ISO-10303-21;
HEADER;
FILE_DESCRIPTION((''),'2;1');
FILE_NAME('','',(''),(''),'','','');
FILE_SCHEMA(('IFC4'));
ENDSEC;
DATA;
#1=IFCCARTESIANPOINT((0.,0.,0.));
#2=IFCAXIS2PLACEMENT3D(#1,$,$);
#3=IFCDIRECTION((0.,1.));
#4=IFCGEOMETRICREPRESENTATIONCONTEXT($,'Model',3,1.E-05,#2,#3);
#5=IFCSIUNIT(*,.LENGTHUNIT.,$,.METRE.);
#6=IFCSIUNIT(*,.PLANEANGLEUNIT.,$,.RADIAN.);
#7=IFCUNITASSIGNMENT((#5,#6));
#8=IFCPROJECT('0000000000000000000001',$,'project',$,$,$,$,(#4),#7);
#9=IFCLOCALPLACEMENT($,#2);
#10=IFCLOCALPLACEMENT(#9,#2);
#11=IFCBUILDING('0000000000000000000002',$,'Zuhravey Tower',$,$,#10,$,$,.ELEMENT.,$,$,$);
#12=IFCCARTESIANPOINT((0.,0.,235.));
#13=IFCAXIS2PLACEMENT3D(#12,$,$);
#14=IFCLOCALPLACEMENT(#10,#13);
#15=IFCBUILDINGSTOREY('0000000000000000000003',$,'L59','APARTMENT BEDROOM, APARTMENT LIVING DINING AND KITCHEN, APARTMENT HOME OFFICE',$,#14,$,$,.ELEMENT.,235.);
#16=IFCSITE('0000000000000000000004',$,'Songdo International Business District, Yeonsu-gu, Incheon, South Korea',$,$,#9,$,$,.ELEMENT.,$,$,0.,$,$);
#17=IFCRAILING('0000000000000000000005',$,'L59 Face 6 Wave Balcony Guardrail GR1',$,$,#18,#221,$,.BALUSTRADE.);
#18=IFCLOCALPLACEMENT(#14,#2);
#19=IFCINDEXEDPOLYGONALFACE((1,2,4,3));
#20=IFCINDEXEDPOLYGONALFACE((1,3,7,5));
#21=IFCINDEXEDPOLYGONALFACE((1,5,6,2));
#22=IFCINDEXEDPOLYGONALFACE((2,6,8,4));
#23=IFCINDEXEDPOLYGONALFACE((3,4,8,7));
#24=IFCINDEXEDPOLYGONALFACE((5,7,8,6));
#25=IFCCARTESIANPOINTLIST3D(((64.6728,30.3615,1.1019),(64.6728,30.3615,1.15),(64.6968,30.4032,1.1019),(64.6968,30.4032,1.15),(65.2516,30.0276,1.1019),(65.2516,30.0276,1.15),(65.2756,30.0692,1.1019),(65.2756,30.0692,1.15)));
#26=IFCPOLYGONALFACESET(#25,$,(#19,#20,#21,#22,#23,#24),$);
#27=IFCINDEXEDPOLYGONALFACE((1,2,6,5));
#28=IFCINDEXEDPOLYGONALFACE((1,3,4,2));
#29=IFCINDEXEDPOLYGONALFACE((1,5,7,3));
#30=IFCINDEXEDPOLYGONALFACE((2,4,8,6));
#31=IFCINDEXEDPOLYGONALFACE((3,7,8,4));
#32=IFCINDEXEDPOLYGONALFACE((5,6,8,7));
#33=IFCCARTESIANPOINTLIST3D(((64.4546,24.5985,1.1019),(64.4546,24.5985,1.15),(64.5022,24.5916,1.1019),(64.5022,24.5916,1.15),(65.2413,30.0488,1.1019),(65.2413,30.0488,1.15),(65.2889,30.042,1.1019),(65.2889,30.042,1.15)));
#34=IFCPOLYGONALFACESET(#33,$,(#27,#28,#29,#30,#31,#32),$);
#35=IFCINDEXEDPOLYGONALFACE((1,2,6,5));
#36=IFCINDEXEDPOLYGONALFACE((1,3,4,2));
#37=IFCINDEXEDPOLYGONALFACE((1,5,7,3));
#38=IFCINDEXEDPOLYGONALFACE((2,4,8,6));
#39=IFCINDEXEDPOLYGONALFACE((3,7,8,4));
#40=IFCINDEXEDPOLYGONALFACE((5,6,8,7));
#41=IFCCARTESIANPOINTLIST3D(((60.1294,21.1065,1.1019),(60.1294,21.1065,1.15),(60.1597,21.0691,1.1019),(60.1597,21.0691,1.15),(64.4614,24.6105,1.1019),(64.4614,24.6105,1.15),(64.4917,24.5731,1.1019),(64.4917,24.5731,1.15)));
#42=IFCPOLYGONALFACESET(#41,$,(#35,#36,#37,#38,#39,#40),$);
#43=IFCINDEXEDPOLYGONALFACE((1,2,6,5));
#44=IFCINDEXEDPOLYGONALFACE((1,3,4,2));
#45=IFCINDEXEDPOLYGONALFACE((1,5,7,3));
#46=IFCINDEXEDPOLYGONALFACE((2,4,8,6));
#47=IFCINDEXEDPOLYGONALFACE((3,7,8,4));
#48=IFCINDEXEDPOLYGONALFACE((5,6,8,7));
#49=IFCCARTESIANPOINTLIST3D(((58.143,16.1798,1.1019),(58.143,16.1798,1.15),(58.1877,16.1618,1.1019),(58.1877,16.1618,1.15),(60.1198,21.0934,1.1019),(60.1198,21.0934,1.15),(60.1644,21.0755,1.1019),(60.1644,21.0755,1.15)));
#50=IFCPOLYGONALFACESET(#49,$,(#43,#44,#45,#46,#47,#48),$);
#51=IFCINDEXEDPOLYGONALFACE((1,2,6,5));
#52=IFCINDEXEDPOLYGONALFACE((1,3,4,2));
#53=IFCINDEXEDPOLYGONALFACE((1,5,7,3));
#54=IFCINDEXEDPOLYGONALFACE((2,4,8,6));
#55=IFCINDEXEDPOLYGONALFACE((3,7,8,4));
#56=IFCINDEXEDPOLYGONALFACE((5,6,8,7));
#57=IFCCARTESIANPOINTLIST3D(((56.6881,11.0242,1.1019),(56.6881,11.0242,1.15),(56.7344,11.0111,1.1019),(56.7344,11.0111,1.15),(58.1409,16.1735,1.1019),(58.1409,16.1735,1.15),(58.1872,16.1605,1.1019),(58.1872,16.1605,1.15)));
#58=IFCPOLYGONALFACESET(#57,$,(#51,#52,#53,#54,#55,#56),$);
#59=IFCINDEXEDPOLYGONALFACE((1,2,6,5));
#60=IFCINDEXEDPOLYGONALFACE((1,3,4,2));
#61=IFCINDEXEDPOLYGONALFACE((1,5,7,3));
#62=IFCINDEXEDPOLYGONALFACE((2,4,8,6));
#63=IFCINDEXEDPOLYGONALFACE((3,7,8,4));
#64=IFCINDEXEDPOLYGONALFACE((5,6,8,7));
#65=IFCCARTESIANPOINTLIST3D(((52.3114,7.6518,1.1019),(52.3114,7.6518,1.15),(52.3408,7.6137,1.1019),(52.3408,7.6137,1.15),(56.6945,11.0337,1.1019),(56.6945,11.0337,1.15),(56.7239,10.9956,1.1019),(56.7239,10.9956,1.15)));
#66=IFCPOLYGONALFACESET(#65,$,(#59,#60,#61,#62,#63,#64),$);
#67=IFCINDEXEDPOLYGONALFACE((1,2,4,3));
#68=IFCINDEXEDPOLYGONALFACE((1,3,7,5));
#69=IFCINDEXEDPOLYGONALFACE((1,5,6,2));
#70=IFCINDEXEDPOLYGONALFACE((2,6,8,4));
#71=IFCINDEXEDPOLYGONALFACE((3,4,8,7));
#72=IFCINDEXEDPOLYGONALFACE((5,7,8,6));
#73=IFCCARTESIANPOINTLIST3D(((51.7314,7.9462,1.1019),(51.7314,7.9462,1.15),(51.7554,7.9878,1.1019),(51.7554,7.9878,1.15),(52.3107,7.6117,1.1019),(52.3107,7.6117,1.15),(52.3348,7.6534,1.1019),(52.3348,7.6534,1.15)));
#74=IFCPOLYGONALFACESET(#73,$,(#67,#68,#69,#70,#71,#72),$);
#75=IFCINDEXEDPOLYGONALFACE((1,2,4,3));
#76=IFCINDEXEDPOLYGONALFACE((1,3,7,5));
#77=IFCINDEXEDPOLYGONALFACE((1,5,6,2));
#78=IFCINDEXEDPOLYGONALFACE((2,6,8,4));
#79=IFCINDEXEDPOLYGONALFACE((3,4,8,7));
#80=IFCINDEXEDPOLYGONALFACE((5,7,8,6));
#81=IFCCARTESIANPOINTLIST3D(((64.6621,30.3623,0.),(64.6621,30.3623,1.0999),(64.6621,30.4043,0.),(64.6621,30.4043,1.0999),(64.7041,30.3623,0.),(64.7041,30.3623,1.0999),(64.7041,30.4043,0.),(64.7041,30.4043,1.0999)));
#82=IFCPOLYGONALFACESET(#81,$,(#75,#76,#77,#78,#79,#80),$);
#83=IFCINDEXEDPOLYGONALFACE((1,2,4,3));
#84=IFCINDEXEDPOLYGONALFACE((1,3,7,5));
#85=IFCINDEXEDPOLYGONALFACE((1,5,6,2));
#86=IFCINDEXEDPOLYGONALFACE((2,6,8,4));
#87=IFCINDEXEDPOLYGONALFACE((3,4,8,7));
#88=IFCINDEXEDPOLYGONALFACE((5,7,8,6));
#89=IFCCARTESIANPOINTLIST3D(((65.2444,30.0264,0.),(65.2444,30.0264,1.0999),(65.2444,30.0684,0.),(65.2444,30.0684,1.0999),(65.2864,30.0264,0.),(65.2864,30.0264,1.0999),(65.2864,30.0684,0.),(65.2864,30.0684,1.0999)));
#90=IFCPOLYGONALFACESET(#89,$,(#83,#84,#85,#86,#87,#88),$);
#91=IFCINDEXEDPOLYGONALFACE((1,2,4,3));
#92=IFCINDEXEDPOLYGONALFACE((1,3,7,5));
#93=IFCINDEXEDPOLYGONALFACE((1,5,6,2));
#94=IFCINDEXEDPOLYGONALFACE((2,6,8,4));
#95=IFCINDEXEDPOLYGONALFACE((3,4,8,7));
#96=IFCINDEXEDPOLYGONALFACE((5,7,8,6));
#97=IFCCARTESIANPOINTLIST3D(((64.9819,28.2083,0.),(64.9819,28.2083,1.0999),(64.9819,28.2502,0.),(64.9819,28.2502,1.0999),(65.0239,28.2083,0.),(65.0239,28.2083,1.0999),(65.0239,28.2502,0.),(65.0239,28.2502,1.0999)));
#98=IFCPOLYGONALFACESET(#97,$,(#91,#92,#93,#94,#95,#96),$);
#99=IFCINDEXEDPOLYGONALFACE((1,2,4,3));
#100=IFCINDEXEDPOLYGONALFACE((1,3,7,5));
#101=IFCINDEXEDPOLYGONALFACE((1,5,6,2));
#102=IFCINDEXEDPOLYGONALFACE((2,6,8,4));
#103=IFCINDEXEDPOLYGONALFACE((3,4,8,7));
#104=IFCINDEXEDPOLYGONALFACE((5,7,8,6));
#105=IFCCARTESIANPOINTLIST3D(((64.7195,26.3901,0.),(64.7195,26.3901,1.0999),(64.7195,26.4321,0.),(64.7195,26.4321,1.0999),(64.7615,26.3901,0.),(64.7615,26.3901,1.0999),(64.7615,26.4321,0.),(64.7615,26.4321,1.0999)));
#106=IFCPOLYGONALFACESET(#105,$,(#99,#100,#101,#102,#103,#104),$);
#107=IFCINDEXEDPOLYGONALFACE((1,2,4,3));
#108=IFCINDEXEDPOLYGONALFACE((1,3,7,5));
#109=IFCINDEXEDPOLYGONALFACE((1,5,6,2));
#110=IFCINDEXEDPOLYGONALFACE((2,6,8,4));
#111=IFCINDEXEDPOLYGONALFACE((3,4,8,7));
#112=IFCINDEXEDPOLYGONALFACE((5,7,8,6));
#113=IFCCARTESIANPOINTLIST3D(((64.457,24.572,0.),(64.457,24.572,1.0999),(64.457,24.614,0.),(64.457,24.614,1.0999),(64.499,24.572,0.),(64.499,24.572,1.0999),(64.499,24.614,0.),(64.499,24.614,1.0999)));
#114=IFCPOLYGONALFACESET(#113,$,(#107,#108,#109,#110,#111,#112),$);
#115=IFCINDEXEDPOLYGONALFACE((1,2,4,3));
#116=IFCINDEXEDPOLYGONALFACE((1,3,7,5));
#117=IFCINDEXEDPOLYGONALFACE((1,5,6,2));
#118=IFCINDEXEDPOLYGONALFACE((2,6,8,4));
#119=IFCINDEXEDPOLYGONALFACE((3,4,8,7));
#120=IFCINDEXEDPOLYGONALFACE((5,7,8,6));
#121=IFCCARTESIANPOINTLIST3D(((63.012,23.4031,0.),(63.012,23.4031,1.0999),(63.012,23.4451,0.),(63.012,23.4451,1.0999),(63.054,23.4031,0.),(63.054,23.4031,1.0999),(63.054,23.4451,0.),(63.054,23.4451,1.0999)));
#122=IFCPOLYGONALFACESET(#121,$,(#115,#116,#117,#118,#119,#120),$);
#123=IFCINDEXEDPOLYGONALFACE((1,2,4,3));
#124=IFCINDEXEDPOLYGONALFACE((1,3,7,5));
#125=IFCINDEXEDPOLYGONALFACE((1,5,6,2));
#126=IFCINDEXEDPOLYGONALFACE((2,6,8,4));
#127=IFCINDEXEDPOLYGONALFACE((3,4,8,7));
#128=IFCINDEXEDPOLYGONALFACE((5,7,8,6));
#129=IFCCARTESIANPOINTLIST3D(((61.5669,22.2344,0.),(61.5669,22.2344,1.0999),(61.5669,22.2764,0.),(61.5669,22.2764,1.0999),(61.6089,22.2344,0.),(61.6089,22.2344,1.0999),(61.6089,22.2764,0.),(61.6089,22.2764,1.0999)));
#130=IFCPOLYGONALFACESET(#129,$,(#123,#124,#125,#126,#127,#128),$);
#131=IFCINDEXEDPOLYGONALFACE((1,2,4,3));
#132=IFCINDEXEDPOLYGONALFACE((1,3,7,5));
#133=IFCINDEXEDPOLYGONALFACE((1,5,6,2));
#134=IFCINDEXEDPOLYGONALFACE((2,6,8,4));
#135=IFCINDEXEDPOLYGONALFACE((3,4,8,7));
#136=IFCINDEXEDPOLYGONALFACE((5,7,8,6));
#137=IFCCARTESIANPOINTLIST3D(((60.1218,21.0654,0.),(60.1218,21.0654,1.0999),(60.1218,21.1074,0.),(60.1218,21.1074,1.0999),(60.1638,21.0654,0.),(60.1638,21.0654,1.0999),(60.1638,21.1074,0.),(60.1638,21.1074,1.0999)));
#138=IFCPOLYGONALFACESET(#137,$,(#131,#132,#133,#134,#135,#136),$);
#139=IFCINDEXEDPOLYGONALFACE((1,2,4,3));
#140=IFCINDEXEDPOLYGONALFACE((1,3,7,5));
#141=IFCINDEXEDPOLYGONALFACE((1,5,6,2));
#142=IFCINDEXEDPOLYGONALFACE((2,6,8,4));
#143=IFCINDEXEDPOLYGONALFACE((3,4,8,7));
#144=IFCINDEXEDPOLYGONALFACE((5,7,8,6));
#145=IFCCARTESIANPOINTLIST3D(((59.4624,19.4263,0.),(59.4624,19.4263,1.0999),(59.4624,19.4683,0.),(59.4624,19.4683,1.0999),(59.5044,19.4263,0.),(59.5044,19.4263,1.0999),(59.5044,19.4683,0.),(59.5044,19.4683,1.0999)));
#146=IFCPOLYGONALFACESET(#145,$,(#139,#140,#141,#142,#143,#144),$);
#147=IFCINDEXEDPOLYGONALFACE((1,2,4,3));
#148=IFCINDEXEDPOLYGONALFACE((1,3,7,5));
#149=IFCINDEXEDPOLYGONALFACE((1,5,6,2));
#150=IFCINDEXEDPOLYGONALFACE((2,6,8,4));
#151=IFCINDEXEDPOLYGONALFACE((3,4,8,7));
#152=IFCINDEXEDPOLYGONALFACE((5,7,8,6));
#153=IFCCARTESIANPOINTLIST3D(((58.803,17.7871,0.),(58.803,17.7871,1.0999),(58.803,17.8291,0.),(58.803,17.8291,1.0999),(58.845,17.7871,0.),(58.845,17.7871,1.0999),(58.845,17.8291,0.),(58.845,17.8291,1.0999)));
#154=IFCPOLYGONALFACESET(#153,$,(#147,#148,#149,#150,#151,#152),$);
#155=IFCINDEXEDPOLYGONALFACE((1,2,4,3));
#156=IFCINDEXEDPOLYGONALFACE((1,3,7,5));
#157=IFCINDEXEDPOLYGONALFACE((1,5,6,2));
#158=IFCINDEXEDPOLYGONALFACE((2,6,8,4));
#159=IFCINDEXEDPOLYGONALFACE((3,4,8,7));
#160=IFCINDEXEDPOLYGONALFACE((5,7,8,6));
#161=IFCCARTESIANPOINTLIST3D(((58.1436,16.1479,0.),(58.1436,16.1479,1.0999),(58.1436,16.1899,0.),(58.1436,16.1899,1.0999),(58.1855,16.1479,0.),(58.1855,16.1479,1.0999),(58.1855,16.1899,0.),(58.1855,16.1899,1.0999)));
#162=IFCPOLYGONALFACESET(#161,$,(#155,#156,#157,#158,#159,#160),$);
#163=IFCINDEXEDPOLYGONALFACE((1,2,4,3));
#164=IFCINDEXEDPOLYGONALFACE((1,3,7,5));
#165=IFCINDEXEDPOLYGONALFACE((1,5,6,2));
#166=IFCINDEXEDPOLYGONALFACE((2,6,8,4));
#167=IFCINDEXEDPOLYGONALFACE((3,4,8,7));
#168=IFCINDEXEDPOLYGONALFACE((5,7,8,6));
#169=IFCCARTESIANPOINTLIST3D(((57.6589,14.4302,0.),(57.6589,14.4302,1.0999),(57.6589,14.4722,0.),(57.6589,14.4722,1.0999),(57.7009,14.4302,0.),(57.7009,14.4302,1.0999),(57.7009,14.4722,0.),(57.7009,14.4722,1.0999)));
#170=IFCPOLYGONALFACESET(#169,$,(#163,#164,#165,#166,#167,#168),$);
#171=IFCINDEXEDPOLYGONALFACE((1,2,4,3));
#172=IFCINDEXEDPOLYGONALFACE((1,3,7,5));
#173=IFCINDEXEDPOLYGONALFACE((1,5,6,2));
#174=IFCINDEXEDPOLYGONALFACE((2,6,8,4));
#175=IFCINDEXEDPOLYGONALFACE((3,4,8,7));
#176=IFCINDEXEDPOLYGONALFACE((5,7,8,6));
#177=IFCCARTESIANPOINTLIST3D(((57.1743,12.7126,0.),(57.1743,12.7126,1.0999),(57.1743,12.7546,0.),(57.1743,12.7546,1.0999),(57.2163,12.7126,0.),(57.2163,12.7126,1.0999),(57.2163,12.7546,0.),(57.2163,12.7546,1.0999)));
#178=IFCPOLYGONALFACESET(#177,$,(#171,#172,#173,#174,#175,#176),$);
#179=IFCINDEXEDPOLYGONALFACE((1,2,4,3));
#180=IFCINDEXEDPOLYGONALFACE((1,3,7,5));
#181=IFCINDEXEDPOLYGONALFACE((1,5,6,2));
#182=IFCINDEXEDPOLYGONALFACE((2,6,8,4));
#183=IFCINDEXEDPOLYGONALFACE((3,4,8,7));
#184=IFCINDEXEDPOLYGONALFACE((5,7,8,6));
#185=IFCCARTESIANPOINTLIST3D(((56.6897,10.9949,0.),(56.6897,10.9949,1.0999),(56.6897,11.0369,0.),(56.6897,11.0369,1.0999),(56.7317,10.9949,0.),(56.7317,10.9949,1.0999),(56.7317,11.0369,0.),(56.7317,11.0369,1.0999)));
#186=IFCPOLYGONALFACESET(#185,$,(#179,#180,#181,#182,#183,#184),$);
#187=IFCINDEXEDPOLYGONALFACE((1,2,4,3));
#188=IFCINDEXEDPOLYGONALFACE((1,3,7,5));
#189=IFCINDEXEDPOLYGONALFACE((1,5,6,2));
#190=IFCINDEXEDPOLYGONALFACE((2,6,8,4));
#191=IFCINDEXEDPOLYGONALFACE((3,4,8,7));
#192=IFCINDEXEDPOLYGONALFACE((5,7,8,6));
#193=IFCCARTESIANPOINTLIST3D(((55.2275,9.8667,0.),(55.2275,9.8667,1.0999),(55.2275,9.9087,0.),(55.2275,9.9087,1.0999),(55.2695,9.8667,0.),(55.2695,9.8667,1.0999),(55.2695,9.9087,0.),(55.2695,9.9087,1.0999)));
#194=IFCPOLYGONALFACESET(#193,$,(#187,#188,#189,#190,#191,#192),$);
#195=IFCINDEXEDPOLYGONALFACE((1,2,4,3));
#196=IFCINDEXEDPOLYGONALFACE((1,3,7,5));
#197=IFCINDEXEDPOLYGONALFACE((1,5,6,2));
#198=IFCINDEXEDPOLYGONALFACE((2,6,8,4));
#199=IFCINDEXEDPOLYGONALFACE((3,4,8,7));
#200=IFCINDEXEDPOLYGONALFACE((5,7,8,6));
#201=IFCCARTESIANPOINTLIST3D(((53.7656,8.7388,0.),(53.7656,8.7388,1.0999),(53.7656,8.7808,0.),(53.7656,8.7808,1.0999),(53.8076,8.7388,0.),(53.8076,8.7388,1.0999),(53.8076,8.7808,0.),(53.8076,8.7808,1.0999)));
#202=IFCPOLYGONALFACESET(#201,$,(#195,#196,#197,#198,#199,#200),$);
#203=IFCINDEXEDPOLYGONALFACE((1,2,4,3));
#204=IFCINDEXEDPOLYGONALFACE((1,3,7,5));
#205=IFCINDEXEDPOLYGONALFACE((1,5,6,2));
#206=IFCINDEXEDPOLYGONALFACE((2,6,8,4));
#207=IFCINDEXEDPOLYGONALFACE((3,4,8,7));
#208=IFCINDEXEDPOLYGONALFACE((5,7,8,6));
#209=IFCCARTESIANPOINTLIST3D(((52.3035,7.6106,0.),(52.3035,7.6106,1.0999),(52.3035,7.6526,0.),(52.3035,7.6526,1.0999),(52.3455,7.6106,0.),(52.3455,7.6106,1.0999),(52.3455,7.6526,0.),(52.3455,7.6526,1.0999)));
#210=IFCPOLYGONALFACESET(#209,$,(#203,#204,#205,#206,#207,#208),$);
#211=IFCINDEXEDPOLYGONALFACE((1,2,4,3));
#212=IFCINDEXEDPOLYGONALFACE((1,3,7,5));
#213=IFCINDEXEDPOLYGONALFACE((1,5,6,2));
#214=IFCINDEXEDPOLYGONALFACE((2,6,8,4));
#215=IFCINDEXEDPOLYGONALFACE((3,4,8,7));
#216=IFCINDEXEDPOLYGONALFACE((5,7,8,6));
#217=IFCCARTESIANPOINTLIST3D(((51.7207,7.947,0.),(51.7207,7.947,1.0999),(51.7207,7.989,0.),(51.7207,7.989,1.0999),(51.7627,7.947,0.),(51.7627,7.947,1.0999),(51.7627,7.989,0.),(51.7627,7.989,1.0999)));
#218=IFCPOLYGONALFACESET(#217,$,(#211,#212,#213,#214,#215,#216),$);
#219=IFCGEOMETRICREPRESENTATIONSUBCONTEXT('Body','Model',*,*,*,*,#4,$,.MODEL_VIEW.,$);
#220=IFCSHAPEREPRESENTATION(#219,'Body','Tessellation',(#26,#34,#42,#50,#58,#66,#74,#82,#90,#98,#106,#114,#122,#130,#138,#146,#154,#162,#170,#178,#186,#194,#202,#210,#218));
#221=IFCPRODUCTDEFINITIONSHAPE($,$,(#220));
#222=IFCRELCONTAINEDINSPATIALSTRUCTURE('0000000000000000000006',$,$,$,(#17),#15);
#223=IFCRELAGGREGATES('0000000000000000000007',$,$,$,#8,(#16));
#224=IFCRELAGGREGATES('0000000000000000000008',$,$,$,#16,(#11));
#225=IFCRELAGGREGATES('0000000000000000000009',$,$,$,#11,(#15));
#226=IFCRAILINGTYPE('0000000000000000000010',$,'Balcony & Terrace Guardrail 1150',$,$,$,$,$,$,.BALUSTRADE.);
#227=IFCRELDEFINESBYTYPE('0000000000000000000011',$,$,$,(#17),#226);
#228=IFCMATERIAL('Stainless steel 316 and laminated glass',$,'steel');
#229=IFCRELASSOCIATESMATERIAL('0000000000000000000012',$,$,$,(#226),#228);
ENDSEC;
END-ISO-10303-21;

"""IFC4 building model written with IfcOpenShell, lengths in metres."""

from ifc_helpers import new_model, si_unit, direction, frame, origin, origin_2d, place, context, subcontext, project, spatial, rectangle, extrude, material, type_object, element, save


model = new_model("IFC4")

# Units and contexts
model_context = context("Model", 3, precision=1e-05, world=origin(), true_north=direction((0.0, 1.0)))
body_context = subcontext(model_context, "Body", "Model", "MODEL_VIEW")
ifc_project = project(units=[si_unit("LENGTHUNIT", "METRE"), si_unit("PLANEANGLEUNIT", "RADIAN")], contexts=[model_context])

# Site, building, storey
site_placement = place(None, origin())
site = spatial("IfcSite", under=ifc_project, at=site_placement, Name="Songdo International Business District, Yeonsu-gu, Incheon, South Korea", CompositionType="ELEMENT", RefElevation=0.0)
building_placement = place(site_placement, origin())
building = spatial("IfcBuilding", under=site, at=building_placement, Name="Zuhravey Tower", CompositionType="ELEMENT")
storey_placement = place(building_placement, frame((0.0, 0.0, 235.0)))
storey = spatial("IfcBuildingStorey", under=building, at=storey_placement, Name="L59", Description="APARTMENT BEDROOM, APARTMENT LIVING DINING AND KITCHEN, APARTMENT HOME OFFICE", CompositionType="ELEMENT", Elevation=235.0)

# Railing
ifc_material_1 = material(Name="Stainless steel 316 and laminated glass", Category="steel")
railing_type = type_object("IfcRailingType", Name="Balcony & Terrace Guardrail 1150", PredefinedType="BALUSTRADE", material=ifc_material_1)
railing_placement = place(storey_placement, frame((64.6831, 30.3833, 0.0)))
element("IfcRailing", 1, at=railing_placement, inside=storey, type_object=railing_type, Name="L59 Face 6 Wave Balcony Guardrail GR1", PredefinedType="BALUSTRADE", context=body_context, shape_type="SweptSolid", body=[
    extrude(rectangle(XDim=0.0481, YDim=0.0481, at=origin_2d()), frame((0.0017, -0.001, 1.126), z_axis=(0.86618, -0.499733, 0.0), x_axis=(0.499733, 0.86618, 0.0)), (0.0, 0.0, 1.0), 0.6682),
    extrude(rectangle(XDim=0.0481, YDim=0.0481, at=origin_2d()), frame((0.582, -0.3379, 1.126), z_axis=(-0.142873, -0.989741, 0.0), x_axis=(0.989741, -0.142873, 0.0)), (0.0, 0.0, 1.0), 5.5068),
    extrude(rectangle(XDim=0.0481, YDim=0.0481, at=origin_2d()), frame((-0.2065, -5.7915, 1.126), z_axis=(-0.777496, -0.628888, 0.0), x_axis=(0.628888, -0.777496, 0.0)), (0.0, 0.0, 1.0), 5.5718),
    extrude(rectangle(XDim=0.0481, YDim=0.0481, at=origin_2d()), frame((-4.541, -9.2988, 1.126), z_axis=(-0.373224, -0.927741, 0.0), x_axis=(0.927741, -0.373224, 0.0)), (0.0, 0.0, 1.0), 5.2964),
    extrude(rectangle(XDim=0.0481, YDim=0.0481, at=origin_2d()), frame((-6.519, -14.2163, 1.126), z_axis=(-0.271534, -0.962429, 0.0), x_axis=(0.962429, -0.271534, 0.0)), (0.0, 0.0, 1.0), 5.3503),
    extrude(rectangle(XDim=0.0481, YDim=0.0481, at=origin_2d()), frame((-7.9739, -19.3687, 1.126), z_axis=(-0.791729, -0.610873, 0.0), x_axis=(0.610873, -0.791729, 0.0)), (0.0, 0.0, 1.0), 5.5361),
    extrude(rectangle(XDim=0.0481, YDim=0.0481, at=origin_2d()), frame((-12.3604, -22.7507, 1.126), z_axis=(-0.866047, 0.499963, 0.0), x_axis=(-0.499963, -0.866047, 0.0)), (0.0, 0.0, 1.0), 0.6689),
    extrude(rectangle(XDim=0.042, YDim=0.042, at=origin_2d()), origin(), (0.0, 0.0, 1.0), 1.0999),
    extrude(rectangle(XDim=0.042, YDim=0.042, at=origin_2d()), frame((0.5823, -0.3359, 0.0)), (0.0, 0.0, 1.0), 1.0999),
    extrude(rectangle(XDim=0.042, YDim=0.042, at=origin_2d()), frame((0.3198, -2.1541, 0.0)), (0.0, 0.0, 1.0), 1.0999),
    extrude(rectangle(XDim=0.042, YDim=0.042, at=origin_2d()), frame((0.0574, -3.9722, 0.0)), (0.0, 0.0, 1.0), 1.0999),
    extrude(rectangle(XDim=0.042, YDim=0.042, at=origin_2d()), frame((-0.2051, -5.7903, 0.0)), (0.0, 0.0, 1.0), 1.0999),
    extrude(rectangle(XDim=0.042, YDim=0.042, at=origin_2d()), frame((-1.6501, -6.9592, 0.0)), (0.0, 0.0, 1.0), 1.0999),
    extrude(rectangle(XDim=0.042, YDim=0.042, at=origin_2d()), frame((-3.0952, -8.1279, 0.0)), (0.0, 0.0, 1.0), 1.0999),
    extrude(rectangle(XDim=0.042, YDim=0.042, at=origin_2d()), frame((-4.5403, -9.2969, 0.0)), (0.0, 0.0, 1.0), 1.0999),
    extrude(rectangle(XDim=0.042, YDim=0.042, at=origin_2d()), frame((-5.1997, -10.936, 0.0)), (0.0, 0.0, 1.0), 1.0999),
    extrude(rectangle(XDim=0.042, YDim=0.042, at=origin_2d()), frame((-5.8591, -12.5752, 0.0)), (0.0, 0.0, 1.0), 1.0999),
    extrude(rectangle(XDim=0.042, YDim=0.042, at=origin_2d()), frame((-6.5186, -14.2144, 0.0)), (0.0, 0.0, 1.0), 1.0999),
    extrude(rectangle(XDim=0.042, YDim=0.042, at=origin_2d()), frame((-7.0032, -15.9321, 0.0)), (0.0, 0.0, 1.0), 1.0999),
    extrude(rectangle(XDim=0.042, YDim=0.042, at=origin_2d()), frame((-7.4878, -17.6497, 0.0)), (0.0, 0.0, 1.0), 1.0999),
    extrude(rectangle(XDim=0.042, YDim=0.042, at=origin_2d()), frame((-7.9724, -19.3674, 0.0)), (0.0, 0.0, 1.0), 1.0999),
    extrude(rectangle(XDim=0.042, YDim=0.042, at=origin_2d()), frame((-9.4346, -20.4956, 0.0)), (0.0, 0.0, 1.0), 1.0999),
    extrude(rectangle(XDim=0.042, YDim=0.042, at=origin_2d()), frame((-10.8965, -21.6235, 0.0)), (0.0, 0.0, 1.0), 1.0999),
    extrude(rectangle(XDim=0.042, YDim=0.042, at=origin_2d()), frame((-12.3586, -22.7517, 0.0)), (0.0, 0.0, 1.0), 1.0999),
    extrude(rectangle(XDim=0.042, YDim=0.042, at=origin_2d()), frame((-12.9414, -22.4153, 0.0)), (0.0, 0.0, 1.0), 1.0999),
])

save(model, "model.ifc")
